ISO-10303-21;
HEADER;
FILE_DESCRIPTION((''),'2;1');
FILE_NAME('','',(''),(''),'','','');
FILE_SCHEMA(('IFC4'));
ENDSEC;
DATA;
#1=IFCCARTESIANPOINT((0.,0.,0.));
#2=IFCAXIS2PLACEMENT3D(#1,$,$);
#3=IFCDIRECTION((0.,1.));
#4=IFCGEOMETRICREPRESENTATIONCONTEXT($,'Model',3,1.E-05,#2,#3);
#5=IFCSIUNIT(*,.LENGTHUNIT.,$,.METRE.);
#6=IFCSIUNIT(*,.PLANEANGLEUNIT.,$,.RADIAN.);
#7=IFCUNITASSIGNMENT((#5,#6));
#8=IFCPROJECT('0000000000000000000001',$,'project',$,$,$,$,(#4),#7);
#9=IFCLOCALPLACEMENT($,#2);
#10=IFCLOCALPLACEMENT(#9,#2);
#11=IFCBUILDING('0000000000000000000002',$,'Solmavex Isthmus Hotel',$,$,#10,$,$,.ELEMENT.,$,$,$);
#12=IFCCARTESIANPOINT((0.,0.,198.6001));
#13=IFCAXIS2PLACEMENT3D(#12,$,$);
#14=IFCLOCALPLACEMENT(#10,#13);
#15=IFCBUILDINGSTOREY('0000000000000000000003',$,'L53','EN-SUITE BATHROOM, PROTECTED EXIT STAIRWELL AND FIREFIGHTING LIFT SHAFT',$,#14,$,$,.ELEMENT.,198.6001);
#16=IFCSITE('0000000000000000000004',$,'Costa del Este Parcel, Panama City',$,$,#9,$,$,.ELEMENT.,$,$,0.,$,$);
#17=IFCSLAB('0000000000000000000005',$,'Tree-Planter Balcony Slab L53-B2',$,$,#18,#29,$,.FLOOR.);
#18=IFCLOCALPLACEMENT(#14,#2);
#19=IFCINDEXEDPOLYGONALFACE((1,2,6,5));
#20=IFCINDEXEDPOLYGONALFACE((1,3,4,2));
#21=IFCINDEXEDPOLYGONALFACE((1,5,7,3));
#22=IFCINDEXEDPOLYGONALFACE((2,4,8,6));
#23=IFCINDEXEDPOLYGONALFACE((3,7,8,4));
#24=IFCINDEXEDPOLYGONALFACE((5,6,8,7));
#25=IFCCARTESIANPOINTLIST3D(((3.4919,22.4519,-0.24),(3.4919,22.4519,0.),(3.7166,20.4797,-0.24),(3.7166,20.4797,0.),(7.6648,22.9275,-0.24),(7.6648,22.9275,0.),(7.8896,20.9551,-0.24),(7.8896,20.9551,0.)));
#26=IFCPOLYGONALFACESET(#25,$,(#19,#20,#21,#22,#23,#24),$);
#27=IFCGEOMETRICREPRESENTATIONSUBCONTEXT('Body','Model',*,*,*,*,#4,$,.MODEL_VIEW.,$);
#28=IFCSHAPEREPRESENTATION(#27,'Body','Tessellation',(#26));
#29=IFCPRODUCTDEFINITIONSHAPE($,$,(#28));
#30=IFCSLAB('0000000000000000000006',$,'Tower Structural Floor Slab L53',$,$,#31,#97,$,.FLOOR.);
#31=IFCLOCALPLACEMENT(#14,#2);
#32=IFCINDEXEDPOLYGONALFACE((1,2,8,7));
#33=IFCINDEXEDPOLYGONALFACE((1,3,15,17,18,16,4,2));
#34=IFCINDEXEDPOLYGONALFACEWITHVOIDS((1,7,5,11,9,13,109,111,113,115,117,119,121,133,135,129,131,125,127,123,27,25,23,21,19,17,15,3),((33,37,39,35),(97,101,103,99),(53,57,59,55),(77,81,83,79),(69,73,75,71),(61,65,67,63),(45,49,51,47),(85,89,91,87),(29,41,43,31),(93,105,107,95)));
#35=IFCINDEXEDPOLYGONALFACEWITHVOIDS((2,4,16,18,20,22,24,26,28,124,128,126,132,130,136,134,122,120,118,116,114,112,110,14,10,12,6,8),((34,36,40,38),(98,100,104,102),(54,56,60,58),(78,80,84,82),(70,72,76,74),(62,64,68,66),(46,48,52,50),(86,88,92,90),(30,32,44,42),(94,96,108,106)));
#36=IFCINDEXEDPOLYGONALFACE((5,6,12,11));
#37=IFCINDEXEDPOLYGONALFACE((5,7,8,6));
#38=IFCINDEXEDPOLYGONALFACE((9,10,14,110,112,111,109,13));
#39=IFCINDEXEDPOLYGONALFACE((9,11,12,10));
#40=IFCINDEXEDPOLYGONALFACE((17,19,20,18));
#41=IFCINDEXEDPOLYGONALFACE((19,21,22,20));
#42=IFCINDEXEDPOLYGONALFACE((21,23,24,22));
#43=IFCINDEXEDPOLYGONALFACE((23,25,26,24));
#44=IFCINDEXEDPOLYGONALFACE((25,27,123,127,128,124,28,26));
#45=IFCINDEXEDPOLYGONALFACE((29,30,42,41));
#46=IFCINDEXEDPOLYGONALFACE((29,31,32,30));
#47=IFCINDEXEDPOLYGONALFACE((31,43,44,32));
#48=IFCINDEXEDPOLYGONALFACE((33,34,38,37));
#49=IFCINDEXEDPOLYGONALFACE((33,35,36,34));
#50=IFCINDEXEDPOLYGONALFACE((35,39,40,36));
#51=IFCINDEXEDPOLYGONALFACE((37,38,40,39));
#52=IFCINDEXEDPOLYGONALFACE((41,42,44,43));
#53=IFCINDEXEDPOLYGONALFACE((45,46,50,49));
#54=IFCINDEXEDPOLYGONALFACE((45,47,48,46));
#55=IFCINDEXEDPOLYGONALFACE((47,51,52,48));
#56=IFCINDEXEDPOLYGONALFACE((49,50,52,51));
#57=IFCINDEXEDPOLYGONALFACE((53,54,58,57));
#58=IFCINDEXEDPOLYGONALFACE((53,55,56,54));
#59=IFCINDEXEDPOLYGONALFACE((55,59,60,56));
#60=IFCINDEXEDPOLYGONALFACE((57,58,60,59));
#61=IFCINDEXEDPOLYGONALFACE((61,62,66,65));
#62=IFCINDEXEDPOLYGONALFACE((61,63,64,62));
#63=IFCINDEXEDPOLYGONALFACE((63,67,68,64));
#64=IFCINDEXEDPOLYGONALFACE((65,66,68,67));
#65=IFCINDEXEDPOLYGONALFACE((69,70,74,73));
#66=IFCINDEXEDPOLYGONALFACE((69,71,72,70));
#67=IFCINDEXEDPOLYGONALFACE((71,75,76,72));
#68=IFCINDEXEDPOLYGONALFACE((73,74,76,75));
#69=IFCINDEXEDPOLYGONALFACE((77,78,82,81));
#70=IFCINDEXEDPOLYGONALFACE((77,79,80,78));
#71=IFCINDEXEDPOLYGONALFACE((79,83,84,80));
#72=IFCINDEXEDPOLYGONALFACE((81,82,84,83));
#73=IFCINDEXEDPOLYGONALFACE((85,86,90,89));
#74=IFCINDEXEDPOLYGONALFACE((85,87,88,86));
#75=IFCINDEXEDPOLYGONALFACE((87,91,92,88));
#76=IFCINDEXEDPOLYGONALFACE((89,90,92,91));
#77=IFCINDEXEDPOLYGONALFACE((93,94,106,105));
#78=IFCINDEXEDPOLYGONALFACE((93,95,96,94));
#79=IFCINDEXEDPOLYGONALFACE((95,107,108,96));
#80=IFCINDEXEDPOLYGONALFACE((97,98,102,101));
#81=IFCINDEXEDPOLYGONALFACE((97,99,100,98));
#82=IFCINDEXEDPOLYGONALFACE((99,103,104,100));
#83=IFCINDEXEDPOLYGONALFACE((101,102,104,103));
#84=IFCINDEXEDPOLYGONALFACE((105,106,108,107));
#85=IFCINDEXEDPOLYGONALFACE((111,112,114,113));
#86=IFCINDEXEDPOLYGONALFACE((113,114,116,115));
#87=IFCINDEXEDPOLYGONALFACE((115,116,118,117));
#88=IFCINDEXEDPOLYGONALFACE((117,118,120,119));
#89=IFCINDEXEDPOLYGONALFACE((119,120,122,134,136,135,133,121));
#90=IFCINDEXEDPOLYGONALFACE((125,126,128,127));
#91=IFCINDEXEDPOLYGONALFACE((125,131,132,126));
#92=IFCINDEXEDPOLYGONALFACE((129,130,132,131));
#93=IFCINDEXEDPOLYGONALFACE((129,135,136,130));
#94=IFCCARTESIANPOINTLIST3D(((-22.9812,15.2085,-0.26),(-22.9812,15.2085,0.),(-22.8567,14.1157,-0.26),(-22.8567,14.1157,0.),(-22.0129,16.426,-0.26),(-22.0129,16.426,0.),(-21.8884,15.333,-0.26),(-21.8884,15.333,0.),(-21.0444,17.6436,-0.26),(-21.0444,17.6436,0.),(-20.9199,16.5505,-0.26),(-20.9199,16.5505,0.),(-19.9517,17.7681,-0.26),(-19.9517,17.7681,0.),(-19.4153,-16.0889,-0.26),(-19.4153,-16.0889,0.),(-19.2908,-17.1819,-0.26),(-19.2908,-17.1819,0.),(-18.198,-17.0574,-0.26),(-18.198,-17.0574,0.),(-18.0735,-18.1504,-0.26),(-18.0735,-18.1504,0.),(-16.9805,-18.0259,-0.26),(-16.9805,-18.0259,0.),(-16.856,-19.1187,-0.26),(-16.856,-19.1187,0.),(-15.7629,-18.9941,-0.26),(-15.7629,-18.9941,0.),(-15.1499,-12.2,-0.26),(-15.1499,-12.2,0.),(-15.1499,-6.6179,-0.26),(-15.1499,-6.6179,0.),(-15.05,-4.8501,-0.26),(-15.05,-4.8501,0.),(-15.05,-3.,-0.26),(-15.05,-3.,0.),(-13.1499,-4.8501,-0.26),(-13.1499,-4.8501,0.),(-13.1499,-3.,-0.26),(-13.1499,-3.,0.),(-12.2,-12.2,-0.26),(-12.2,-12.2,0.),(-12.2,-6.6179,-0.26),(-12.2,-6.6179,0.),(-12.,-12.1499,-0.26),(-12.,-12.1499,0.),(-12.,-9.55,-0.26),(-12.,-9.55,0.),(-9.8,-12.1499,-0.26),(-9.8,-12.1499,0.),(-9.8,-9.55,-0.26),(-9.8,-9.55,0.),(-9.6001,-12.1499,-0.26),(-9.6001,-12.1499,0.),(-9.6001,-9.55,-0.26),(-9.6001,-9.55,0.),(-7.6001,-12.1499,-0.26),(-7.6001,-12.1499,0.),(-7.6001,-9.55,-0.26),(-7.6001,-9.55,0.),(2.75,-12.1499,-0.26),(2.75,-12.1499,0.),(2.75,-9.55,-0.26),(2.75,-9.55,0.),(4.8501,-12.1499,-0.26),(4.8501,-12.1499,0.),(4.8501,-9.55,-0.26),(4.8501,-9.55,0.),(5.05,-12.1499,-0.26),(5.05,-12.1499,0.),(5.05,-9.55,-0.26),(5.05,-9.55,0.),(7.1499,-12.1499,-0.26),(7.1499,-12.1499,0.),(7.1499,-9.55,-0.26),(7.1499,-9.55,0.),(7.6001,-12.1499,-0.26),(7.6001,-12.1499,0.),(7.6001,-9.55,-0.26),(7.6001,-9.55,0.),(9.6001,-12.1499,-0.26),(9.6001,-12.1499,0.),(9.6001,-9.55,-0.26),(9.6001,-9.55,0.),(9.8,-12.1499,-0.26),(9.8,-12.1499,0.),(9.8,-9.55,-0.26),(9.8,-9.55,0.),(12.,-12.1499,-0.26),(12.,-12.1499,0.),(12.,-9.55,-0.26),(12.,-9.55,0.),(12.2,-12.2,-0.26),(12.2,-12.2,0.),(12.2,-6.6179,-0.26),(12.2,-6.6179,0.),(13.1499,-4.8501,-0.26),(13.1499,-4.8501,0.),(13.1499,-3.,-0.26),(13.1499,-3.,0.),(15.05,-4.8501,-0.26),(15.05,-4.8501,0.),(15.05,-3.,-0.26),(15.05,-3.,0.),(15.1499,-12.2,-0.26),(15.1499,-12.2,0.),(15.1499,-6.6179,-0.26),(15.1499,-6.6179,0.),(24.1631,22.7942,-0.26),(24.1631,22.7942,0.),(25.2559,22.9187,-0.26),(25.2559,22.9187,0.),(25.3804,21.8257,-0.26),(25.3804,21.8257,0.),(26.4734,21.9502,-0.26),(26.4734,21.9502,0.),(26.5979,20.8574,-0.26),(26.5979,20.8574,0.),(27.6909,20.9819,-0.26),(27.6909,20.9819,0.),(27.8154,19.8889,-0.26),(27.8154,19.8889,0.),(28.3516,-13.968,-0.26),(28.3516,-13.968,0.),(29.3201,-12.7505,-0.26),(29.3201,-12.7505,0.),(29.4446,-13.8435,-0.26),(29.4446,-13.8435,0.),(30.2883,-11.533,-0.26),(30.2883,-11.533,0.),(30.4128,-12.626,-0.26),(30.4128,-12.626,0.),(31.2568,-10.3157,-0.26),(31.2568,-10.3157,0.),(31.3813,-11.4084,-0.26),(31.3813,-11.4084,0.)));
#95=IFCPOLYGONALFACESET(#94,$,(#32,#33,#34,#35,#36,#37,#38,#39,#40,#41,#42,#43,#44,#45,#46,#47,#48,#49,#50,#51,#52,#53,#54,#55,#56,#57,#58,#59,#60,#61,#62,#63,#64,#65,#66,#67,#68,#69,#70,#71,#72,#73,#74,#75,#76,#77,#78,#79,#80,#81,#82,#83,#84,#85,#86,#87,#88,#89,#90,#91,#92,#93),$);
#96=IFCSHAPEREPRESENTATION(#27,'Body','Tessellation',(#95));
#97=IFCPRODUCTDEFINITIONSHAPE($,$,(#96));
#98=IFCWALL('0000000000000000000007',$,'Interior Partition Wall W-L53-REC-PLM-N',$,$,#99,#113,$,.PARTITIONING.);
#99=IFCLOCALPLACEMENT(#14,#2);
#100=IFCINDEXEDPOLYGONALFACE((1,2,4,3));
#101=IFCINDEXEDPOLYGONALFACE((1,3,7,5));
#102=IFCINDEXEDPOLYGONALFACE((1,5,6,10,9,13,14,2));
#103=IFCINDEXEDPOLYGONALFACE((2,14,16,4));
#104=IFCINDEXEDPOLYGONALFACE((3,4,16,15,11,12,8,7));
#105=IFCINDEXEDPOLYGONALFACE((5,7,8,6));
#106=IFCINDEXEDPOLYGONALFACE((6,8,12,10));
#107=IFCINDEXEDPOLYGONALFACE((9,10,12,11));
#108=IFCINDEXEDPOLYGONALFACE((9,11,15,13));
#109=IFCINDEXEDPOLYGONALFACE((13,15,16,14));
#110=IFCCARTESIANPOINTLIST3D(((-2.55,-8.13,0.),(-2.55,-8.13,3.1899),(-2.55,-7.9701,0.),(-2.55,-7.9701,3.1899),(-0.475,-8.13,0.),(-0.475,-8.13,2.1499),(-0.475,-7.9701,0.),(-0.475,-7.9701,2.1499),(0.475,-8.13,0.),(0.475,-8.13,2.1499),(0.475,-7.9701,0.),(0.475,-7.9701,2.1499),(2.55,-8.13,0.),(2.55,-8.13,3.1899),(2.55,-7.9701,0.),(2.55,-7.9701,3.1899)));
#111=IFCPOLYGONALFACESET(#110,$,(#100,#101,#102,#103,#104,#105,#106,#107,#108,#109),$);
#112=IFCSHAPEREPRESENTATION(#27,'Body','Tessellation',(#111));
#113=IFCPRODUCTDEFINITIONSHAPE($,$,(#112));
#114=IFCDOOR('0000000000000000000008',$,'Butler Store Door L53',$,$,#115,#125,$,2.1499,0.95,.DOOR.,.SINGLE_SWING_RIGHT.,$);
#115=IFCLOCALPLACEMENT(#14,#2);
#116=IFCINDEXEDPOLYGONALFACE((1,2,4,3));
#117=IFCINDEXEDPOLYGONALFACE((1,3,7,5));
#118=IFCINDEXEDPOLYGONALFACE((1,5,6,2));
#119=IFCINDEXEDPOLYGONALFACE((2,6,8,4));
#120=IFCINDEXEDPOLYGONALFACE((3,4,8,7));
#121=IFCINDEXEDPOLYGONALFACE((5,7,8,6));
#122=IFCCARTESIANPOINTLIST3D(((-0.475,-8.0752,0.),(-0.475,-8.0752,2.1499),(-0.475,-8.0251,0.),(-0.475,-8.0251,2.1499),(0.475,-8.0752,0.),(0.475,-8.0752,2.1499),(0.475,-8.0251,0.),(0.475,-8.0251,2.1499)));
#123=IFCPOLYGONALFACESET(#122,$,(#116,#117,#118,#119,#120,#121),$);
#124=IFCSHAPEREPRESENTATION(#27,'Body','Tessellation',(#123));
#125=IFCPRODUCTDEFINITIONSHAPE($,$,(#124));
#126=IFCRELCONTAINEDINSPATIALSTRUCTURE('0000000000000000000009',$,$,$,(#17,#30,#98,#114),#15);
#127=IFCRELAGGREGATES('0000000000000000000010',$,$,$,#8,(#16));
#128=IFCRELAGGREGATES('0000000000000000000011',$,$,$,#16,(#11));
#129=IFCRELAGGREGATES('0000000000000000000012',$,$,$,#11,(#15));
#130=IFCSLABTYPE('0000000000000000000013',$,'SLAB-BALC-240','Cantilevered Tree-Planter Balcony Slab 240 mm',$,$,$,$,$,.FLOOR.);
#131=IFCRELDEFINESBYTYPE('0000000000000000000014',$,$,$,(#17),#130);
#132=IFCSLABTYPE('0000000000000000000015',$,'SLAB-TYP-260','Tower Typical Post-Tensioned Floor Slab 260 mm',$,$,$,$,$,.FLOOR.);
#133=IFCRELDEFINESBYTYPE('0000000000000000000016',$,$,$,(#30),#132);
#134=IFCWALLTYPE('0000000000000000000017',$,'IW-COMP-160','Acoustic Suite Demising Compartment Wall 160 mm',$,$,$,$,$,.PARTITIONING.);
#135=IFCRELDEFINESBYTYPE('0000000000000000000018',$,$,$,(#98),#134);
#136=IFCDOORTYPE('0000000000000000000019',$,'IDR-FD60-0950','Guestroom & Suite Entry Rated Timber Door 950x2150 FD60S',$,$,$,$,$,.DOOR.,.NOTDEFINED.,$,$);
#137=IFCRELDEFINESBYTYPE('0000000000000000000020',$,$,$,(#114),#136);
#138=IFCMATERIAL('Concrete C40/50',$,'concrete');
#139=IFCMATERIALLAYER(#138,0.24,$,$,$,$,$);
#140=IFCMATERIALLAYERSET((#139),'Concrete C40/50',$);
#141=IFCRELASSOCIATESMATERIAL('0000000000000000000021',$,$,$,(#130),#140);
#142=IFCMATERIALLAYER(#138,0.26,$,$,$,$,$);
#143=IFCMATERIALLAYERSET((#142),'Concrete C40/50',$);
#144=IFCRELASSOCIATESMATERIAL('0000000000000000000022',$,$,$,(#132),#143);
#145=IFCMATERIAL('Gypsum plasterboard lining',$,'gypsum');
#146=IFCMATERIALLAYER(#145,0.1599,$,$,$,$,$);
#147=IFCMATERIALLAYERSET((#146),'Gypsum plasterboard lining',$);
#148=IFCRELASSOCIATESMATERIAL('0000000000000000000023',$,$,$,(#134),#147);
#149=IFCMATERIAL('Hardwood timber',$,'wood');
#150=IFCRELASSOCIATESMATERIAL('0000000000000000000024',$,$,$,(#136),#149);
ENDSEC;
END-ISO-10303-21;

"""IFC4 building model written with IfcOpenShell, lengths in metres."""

from ifc_helpers import new_model, si_unit, direction, frame, frame_2d, origin, place, context, subcontext, project, spatial, polyline, rectangle, outline, extrude, material, layer, layer_set, type_object, element, fill, save


model = new_model("IFC4")

# Units and contexts
model_context = context("Model", 3, precision=1e-05, world=origin(), true_north=direction((0.0, 1.0)))
body_context = subcontext(model_context, "Body", "Model", "MODEL_VIEW")
ifc_project = project(units=[si_unit("LENGTHUNIT", "METRE"), si_unit("PLANEANGLEUNIT", "RADIAN")], contexts=[model_context])

# Site, building, storey
site_placement = place(None, origin())
site = spatial("IfcSite", under=ifc_project, at=site_placement, Name="Costa del Este Parcel, Panama City", CompositionType="ELEMENT", RefElevation=0.0)
building_placement = place(site_placement, origin())
building = spatial("IfcBuilding", under=site, at=building_placement, Name="Solmavex Isthmus Hotel", CompositionType="ELEMENT")
storey_placement = place(building_placement, frame((0.0, 0.0, 198.6001)))
storey = spatial("IfcBuildingStorey", under=building, at=storey_placement, Name="L53", Description="EN-SUITE BATHROOM, PROTECTED EXIT STAIRWELL AND FIREFIGHTING LIFT SHAFT", CompositionType="ELEMENT", Elevation=198.6001)

# Slabs
ifc_material_1 = material(Name="Concrete C40/50", Category="concrete")
ifc_layer_1 = layer(ifc_material_1, 0.24)
ifc_layer_set_1 = layer_set([ifc_layer_1], Name="Concrete C40/50")
slab_type_1 = type_object("IfcSlabType", Name="SLAB-BALC-240", Description="Cantilevered Tree-Planter Balcony Slab 240 mm", PredefinedType="FLOOR", material=ifc_layer_set_1)
slab_1_placement = place(storey_placement, frame((0.0, 0.0, -0.24)))
element("IfcSlab", 1, at=slab_1_placement, inside=storey, type_object=slab_type_1, Name="Tree-Planter Balcony Slab L53-B2", PredefinedType="FLOOR", context=body_context, shape_type="SweptSolid", body=[
    extrude(outline(polyline([(3.7166, 20.4797), (7.8896, 20.9551), (7.6648, 22.9275), (3.4919, 22.4519), (3.7166, 20.4797)])), origin(), (0.0, 0.0, 1.0), 0.24),
])
ifc_layer_2 = layer(ifc_material_1, 0.26)
ifc_layer_set_2 = layer_set([ifc_layer_2], Name="Concrete C40/50")
slab_type_2 = type_object("IfcSlabType", Name="SLAB-TYP-260", Description="Tower Typical Post-Tensioned Floor Slab 260 mm", PredefinedType="FLOOR", material=ifc_layer_set_2)
slab_2_placement = place(storey_placement, frame((0.0, 0.0, -0.26)))
element("IfcSlab", 2, at=slab_2_placement, inside=storey, type_object=slab_type_2, Name="Tower Structural Floor Slab L53", PredefinedType="FLOOR", context=body_context, shape_type="SweptSolid", body=[
    extrude(outline(polyline([(-15.7629, -18.9941), (28.3516, -13.968), (29.4446, -13.8435), (29.3201, -12.7505), (30.4128, -12.626), (30.2883, -11.533), (31.3813, -11.4084), (31.2568, -10.3157), (27.8154, 19.8889), (27.6909, 20.9819), (26.5979, 20.8574), (26.4734, 21.9502), (25.3804, 21.8257), (25.2559, 22.9187), (24.1631, 22.7942), (-19.9517, 17.7681), (-21.0444, 17.6436), (-20.9199, 16.5505), (-22.0129, 16.426), (-21.8884, 15.333), (-22.9812, 15.2085), (-22.8567, 14.1157), (-19.4153, -16.0889), (-19.2908, -17.1819), (-18.198, -17.0574), (-18.0735, -18.1504), (-16.9805, -18.0259), (-16.856, -19.1187), (-15.7629, -18.9941)]), holes=[polyline([(-15.1499, -6.6179), (-15.1499, -12.2), (-12.2, -12.2), (-12.2, -6.6179), (-15.1499, -6.6179)]), polyline([(12.2, -6.6179), (12.2, -12.2), (15.1499, -12.2), (15.1499, -6.6179), (12.2, -6.6179)]), polyline([(-12.0, -12.1499), (-9.8, -12.1499), (-9.8, -9.55), (-12.0, -9.55), (-12.0, -12.1499)]), polyline([(9.8, -12.1499), (12.0, -12.1499), (12.0, -9.55), (9.8, -9.55), (9.8, -12.1499)]), polyline([(-9.6001, -12.1499), (-7.6001, -12.1499), (-7.6001, -9.55), (-9.6001, -9.55), (-9.6001, -12.1499)]), polyline([(7.6001, -12.1499), (9.6001, -12.1499), (9.6001, -9.55), (7.6001, -9.55), (7.6001, -12.1499)]), polyline([(2.75, -12.1499), (4.8501, -12.1499), (4.8501, -9.55), (2.75, -9.55), (2.75, -12.1499)]), polyline([(5.05, -12.1499), (7.1499, -12.1499), (7.1499, -9.55), (5.05, -9.55), (5.05, -12.1499)]), polyline([(-15.05, -4.8501), (-13.1499, -4.8501), (-13.1499, -3.0), (-15.05, -3.0), (-15.05, -4.8501)]), polyline([(13.1499, -4.8501), (15.05, -4.8501), (15.05, -3.0), (13.1499, -3.0), (13.1499, -4.8501)])]), origin(), (0.0, 0.0, 1.0), 0.26),
])

# Wall, opening, door
ifc_material_2 = material(Name="Gypsum plasterboard lining", Category="gypsum")
ifc_layer_3 = layer(ifc_material_2, 0.1599)
ifc_layer_set_3 = layer_set([ifc_layer_3], Name="Gypsum plasterboard lining")
wall_type_1 = type_object("IfcWallType", Name="IW-COMP-160", Description="Acoustic Suite Demising Compartment Wall 160 mm", PredefinedType="PARTITIONING", material=ifc_layer_set_3)
ifc_material_3 = material(Name="Hardwood timber", Category="wood")
door_type_1 = type_object("IfcDoorType", Name="IDR-FD60-0950", Description="Guestroom & Suite Entry Rated Timber Door 950x2150 FD60S", OperationType="NOTDEFINED", PredefinedType="DOOR", material=ifc_material_3)
wall_1_placement = place(storey_placement, frame((-2.55, -8.05, 0.0), z_axis=(0.0, 0.0, 1.0), x_axis=(1.0, 0.0, 0.0)))
wall_1 = element("IfcWall", 3, at=wall_1_placement, inside=storey, type_object=wall_type_1, Name="Interior Partition Wall W-L53-REC-PLM-N", PredefinedType="PARTITIONING", context=body_context, shape_type="SweptSolid", body=[
    extrude(rectangle(XDim=5.1001, YDim=0.1599, at=frame_2d((2.55, 0.0))), origin(), (0.0, 0.0, 1.0), 3.1899),
])
opening_1_placement = place(wall_1_placement, frame((2.075, 0.0, 0.0)))
opening_1 = element("IfcOpeningElement", 4, at=opening_1_placement, cuts=wall_1, PredefinedType="OPENING", context=body_context, shape_type="SweptSolid", body=[
    extrude(rectangle(XDim=0.95, YDim=2.1499, at=frame_2d((0.4751, 1.075))), frame((0.0, 0.0898, 0.0), z_axis=(0.0, -1.0, 0.0), x_axis=(1.0, 0.0, 0.0)), (0.0, 0.0, 1.0), 0.1799),
])
door_1_placement = place(opening_1_placement, origin())
door_1 = element("IfcDoor", 5, at=door_1_placement, inside=storey, type_object=door_type_1, Name="Butler Store Door L53", OperationType="SINGLE_SWING_RIGHT", OverallHeight=2.1499, OverallWidth=0.95, PredefinedType="DOOR", context=body_context, shape_type="SweptSolid", body=[
    extrude(rectangle(XDim=0.95, YDim=2.1499, at=frame_2d((0.4751, 1.075))), frame((0.0, 0.0249, 0.0), z_axis=(0.0, -1.0, 0.0), x_axis=(1.0, 0.0, 0.0)), (0.0, 0.0, 1.0), 0.05),
])
fill(opening_1, door_1)

save(model, "model.ifc")
